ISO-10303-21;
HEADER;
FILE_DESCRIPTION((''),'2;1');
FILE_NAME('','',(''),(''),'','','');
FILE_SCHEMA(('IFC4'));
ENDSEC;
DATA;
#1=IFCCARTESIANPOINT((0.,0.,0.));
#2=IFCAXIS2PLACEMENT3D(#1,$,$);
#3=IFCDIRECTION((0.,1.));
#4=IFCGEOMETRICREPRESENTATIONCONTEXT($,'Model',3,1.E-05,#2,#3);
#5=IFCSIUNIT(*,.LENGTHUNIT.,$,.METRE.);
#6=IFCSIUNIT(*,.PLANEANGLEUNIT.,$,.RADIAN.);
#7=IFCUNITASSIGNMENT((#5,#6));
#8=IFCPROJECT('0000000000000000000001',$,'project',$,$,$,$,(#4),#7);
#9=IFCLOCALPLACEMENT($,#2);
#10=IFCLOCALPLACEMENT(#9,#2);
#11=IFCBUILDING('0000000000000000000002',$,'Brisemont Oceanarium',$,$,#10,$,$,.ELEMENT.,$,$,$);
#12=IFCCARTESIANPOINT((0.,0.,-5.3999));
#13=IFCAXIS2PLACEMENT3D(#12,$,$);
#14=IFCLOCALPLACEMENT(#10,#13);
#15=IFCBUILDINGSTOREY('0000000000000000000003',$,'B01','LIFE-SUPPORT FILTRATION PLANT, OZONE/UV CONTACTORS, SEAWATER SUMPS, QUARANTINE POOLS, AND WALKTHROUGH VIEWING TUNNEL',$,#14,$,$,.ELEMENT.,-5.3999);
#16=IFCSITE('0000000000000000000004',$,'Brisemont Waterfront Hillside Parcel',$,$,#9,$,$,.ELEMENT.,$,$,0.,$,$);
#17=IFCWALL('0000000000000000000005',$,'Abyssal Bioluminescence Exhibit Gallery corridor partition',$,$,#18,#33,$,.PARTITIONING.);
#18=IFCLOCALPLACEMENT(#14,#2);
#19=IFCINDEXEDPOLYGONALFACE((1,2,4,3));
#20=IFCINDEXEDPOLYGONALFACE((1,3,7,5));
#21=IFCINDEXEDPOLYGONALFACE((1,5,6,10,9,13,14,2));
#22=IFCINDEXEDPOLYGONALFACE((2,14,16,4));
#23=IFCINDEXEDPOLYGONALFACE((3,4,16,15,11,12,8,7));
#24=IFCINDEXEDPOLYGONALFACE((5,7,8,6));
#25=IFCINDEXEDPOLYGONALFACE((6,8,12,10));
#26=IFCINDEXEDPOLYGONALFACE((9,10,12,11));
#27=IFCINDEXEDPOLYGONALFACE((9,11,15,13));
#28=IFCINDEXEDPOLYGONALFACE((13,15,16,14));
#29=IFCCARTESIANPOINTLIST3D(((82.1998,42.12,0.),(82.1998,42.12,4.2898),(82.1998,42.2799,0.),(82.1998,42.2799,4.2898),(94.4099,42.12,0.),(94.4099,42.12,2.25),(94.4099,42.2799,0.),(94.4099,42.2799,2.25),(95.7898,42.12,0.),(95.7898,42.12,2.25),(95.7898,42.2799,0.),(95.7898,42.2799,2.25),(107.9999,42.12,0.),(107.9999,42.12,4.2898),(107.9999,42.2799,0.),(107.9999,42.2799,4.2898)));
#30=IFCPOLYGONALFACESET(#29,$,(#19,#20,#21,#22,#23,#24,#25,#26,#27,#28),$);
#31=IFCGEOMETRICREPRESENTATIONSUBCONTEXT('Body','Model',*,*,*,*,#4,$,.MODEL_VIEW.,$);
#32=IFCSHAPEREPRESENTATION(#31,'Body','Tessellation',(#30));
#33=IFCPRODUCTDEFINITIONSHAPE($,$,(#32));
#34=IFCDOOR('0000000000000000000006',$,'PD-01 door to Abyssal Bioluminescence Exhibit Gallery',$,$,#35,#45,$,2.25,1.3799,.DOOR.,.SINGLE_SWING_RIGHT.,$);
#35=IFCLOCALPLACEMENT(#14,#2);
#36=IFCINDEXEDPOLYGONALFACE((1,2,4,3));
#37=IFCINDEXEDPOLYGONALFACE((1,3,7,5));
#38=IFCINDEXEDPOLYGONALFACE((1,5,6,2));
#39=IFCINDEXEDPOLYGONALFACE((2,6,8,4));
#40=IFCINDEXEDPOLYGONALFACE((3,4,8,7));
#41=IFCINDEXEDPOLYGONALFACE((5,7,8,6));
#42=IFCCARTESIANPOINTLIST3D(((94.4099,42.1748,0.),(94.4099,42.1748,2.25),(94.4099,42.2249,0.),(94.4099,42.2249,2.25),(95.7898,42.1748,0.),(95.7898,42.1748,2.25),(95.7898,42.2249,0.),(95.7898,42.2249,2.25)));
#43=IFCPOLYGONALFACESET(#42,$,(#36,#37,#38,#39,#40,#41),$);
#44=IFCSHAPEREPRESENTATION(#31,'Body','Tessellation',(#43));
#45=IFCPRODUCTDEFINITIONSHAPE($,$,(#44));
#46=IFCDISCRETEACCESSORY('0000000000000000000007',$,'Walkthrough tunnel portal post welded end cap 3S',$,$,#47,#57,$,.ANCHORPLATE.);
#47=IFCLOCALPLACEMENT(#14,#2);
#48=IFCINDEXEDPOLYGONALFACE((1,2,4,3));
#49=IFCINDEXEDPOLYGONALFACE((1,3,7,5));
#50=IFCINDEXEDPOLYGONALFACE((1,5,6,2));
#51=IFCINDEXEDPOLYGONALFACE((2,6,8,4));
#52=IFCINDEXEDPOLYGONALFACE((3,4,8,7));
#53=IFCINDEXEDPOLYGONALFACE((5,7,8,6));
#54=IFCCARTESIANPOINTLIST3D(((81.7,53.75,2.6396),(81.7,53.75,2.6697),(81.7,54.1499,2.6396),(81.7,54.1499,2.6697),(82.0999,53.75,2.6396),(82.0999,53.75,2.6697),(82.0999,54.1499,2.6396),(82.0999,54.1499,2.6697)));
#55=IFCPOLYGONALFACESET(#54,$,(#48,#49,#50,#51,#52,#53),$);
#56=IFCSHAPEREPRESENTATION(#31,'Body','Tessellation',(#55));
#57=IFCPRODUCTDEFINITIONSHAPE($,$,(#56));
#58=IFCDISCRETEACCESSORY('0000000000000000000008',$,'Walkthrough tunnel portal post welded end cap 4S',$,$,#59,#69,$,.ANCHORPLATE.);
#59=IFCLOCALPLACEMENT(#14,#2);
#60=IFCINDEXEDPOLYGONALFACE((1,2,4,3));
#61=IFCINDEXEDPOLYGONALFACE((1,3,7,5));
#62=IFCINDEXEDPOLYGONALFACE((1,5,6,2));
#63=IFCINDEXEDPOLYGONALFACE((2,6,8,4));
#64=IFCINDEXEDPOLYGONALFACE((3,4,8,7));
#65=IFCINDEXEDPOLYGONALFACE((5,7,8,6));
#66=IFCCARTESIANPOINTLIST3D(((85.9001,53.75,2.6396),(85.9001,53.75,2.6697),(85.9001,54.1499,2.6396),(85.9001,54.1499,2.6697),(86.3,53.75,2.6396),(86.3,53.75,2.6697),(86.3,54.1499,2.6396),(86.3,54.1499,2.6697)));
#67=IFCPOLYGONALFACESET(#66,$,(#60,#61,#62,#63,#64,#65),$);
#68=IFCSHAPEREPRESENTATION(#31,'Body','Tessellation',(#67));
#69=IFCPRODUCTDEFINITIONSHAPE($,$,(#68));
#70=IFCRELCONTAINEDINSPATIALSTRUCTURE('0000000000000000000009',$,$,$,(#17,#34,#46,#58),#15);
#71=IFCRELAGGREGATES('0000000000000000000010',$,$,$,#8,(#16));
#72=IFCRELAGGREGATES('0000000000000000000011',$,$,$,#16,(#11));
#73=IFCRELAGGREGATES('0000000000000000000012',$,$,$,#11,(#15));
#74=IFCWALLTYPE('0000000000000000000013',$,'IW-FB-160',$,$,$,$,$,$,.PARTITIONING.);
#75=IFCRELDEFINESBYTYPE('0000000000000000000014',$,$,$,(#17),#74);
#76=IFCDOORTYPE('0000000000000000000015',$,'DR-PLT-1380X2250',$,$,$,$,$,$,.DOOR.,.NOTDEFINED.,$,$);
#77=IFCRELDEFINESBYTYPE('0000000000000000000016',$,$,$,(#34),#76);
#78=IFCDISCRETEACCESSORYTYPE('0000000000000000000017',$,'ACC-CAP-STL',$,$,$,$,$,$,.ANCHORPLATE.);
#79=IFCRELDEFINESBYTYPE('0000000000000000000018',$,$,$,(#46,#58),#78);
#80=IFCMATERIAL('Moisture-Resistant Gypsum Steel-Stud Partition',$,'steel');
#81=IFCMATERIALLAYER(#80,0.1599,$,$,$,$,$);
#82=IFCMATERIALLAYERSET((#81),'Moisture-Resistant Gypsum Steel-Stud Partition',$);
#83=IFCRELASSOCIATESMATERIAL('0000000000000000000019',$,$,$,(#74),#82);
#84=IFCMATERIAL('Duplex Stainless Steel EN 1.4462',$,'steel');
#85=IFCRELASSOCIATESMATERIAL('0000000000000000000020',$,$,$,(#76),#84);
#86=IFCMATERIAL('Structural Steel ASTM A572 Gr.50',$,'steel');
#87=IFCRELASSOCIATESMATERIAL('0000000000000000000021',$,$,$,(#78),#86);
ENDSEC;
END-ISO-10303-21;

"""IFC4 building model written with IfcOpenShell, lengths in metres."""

from ifc_helpers import new_model, si_unit, direction, frame, frame_2d, origin, origin_2d, place, context, subcontext, project, spatial, rectangle, extrude, material, layer, layer_set, type_object, element, fill, save


model = new_model("IFC4")

# Units and contexts
model_context = context("Model", 3, precision=1e-05, world=origin(), true_north=direction((0.0, 1.0)))
body_context = subcontext(model_context, "Body", "Model", "MODEL_VIEW")
ifc_project = project(units=[si_unit("LENGTHUNIT", "METRE"), si_unit("PLANEANGLEUNIT", "RADIAN")], contexts=[model_context])

# Site, building, storey
site_placement = place(None, origin())
site = spatial("IfcSite", under=ifc_project, at=site_placement, Name="Brisemont Waterfront Hillside Parcel", CompositionType="ELEMENT", RefElevation=0.0)
building_placement = place(site_placement, origin())
building = spatial("IfcBuilding", under=site, at=building_placement, Name="Brisemont Oceanarium", CompositionType="ELEMENT")
storey_placement = place(building_placement, frame((0.0, 0.0, -5.3999)))
storey = spatial("IfcBuildingStorey", under=building, at=storey_placement, Name="B01", Description="LIFE-SUPPORT FILTRATION PLANT, OZONE/UV CONTACTORS, SEAWATER SUMPS, QUARANTINE POOLS, AND WALKTHROUGH VIEWING TUNNEL", CompositionType="ELEMENT", Elevation=-5.3999)

# Wall, opening, door
ifc_material_1 = material(Name="Moisture-Resistant Gypsum Steel-Stud Partition", Category="steel")
ifc_layer_1 = layer(ifc_material_1, 0.1599)
ifc_layer_set_1 = layer_set([ifc_layer_1], Name="Moisture-Resistant Gypsum Steel-Stud Partition")
wall_type = type_object("IfcWallType", Name="IW-FB-160", PredefinedType="PARTITIONING", material=ifc_layer_set_1)
wall_placement = place(storey_placement, frame((82.2, 42.2, 0.0), z_axis=(0.0, 0.0, 1.0), x_axis=(1.0, 0.0, 0.0)))
wall = element("IfcWall", 1, at=wall_placement, inside=storey, type_object=wall_type, Name="Abyssal Bioluminescence Exhibit Gallery corridor partition", PredefinedType="PARTITIONING", context=body_context, shape_type="SweptSolid", body=[
    extrude(rectangle(XDim=25.8, YDim=0.1599, at=frame_2d((12.8999, 0.0))), origin(), (0.0, 0.0, 1.0), 4.2898),
])
opening_placement = place(wall_placement, frame((12.21, 0.0, 0.0)))
opening = element("IfcOpeningElement", 2, at=opening_placement, cuts=wall, PredefinedType="OPENING", context=body_context, shape_type="SweptSolid", body=[
    extrude(rectangle(XDim=1.3799, YDim=2.25, at=frame_2d((0.6899, 1.125))), frame((0.0, 0.0898, 0.0), z_axis=(0.0, -1.0, 0.0), x_axis=(1.0, 0.0, 0.0)), (0.0, 0.0, 1.0), 0.1799),
])
ifc_material_2 = material(Name="Duplex Stainless Steel EN 1.4462", Category="steel")
door_type = type_object("IfcDoorType", Name="DR-PLT-1380X2250", OperationType="NOTDEFINED", PredefinedType="DOOR", material=ifc_material_2)
door_placement = place(opening_placement, origin())
door = element("IfcDoor", 3, at=door_placement, inside=storey, type_object=door_type, Name="PD-01 door to Abyssal Bioluminescence Exhibit Gallery", OperationType="SINGLE_SWING_RIGHT", OverallHeight=2.25, OverallWidth=1.3799, PredefinedType="DOOR", context=body_context, shape_type="SweptSolid", body=[
    extrude(rectangle(XDim=1.3799, YDim=2.25, at=frame_2d((0.6899, 1.125))), frame((0.0, 0.0249, 0.0), z_axis=(0.0, -1.0, 0.0), x_axis=(1.0, 0.0, 0.0)), (0.0, 0.0, 1.0), 0.05),
])
fill(opening, door)

# Discrete accessories
ifc_material_3 = material(Name="Structural Steel ASTM A572 Gr.50", Category="steel")
discrete_accessory_type = type_object("IfcDiscreteAccessoryType", Name="ACC-CAP-STL", PredefinedType="ANCHORPLATE", material=ifc_material_3)
for number, where, z_axis, x_axis, name in (
    (4, (81.8999, 53.95, 2.6396), (0.0, 0.0, 1.0), (1.0, 0.0, 0.0), "Walkthrough tunnel portal post welded end cap 3S"),
    (5, (86.1001, 53.95, 2.6396), (0.0, 0.0, 1.0), (1.0, 0.0, 0.0), "Walkthrough tunnel portal post welded end cap 4S"),
):
    element("IfcDiscreteAccessory", number, at=place(storey_placement, frame(where, z_axis=z_axis, x_axis=x_axis)), inside=storey, type_object=discrete_accessory_type, Name=name, PredefinedType="ANCHORPLATE", context=body_context, shape_type="SweptSolid", body=[
        extrude(rectangle(XDim=0.3999, YDim=0.3999, at=origin_2d()), origin(), (0.0, 0.0, 1.0), 0.03),
    ])

save(model, "model.ifc")
